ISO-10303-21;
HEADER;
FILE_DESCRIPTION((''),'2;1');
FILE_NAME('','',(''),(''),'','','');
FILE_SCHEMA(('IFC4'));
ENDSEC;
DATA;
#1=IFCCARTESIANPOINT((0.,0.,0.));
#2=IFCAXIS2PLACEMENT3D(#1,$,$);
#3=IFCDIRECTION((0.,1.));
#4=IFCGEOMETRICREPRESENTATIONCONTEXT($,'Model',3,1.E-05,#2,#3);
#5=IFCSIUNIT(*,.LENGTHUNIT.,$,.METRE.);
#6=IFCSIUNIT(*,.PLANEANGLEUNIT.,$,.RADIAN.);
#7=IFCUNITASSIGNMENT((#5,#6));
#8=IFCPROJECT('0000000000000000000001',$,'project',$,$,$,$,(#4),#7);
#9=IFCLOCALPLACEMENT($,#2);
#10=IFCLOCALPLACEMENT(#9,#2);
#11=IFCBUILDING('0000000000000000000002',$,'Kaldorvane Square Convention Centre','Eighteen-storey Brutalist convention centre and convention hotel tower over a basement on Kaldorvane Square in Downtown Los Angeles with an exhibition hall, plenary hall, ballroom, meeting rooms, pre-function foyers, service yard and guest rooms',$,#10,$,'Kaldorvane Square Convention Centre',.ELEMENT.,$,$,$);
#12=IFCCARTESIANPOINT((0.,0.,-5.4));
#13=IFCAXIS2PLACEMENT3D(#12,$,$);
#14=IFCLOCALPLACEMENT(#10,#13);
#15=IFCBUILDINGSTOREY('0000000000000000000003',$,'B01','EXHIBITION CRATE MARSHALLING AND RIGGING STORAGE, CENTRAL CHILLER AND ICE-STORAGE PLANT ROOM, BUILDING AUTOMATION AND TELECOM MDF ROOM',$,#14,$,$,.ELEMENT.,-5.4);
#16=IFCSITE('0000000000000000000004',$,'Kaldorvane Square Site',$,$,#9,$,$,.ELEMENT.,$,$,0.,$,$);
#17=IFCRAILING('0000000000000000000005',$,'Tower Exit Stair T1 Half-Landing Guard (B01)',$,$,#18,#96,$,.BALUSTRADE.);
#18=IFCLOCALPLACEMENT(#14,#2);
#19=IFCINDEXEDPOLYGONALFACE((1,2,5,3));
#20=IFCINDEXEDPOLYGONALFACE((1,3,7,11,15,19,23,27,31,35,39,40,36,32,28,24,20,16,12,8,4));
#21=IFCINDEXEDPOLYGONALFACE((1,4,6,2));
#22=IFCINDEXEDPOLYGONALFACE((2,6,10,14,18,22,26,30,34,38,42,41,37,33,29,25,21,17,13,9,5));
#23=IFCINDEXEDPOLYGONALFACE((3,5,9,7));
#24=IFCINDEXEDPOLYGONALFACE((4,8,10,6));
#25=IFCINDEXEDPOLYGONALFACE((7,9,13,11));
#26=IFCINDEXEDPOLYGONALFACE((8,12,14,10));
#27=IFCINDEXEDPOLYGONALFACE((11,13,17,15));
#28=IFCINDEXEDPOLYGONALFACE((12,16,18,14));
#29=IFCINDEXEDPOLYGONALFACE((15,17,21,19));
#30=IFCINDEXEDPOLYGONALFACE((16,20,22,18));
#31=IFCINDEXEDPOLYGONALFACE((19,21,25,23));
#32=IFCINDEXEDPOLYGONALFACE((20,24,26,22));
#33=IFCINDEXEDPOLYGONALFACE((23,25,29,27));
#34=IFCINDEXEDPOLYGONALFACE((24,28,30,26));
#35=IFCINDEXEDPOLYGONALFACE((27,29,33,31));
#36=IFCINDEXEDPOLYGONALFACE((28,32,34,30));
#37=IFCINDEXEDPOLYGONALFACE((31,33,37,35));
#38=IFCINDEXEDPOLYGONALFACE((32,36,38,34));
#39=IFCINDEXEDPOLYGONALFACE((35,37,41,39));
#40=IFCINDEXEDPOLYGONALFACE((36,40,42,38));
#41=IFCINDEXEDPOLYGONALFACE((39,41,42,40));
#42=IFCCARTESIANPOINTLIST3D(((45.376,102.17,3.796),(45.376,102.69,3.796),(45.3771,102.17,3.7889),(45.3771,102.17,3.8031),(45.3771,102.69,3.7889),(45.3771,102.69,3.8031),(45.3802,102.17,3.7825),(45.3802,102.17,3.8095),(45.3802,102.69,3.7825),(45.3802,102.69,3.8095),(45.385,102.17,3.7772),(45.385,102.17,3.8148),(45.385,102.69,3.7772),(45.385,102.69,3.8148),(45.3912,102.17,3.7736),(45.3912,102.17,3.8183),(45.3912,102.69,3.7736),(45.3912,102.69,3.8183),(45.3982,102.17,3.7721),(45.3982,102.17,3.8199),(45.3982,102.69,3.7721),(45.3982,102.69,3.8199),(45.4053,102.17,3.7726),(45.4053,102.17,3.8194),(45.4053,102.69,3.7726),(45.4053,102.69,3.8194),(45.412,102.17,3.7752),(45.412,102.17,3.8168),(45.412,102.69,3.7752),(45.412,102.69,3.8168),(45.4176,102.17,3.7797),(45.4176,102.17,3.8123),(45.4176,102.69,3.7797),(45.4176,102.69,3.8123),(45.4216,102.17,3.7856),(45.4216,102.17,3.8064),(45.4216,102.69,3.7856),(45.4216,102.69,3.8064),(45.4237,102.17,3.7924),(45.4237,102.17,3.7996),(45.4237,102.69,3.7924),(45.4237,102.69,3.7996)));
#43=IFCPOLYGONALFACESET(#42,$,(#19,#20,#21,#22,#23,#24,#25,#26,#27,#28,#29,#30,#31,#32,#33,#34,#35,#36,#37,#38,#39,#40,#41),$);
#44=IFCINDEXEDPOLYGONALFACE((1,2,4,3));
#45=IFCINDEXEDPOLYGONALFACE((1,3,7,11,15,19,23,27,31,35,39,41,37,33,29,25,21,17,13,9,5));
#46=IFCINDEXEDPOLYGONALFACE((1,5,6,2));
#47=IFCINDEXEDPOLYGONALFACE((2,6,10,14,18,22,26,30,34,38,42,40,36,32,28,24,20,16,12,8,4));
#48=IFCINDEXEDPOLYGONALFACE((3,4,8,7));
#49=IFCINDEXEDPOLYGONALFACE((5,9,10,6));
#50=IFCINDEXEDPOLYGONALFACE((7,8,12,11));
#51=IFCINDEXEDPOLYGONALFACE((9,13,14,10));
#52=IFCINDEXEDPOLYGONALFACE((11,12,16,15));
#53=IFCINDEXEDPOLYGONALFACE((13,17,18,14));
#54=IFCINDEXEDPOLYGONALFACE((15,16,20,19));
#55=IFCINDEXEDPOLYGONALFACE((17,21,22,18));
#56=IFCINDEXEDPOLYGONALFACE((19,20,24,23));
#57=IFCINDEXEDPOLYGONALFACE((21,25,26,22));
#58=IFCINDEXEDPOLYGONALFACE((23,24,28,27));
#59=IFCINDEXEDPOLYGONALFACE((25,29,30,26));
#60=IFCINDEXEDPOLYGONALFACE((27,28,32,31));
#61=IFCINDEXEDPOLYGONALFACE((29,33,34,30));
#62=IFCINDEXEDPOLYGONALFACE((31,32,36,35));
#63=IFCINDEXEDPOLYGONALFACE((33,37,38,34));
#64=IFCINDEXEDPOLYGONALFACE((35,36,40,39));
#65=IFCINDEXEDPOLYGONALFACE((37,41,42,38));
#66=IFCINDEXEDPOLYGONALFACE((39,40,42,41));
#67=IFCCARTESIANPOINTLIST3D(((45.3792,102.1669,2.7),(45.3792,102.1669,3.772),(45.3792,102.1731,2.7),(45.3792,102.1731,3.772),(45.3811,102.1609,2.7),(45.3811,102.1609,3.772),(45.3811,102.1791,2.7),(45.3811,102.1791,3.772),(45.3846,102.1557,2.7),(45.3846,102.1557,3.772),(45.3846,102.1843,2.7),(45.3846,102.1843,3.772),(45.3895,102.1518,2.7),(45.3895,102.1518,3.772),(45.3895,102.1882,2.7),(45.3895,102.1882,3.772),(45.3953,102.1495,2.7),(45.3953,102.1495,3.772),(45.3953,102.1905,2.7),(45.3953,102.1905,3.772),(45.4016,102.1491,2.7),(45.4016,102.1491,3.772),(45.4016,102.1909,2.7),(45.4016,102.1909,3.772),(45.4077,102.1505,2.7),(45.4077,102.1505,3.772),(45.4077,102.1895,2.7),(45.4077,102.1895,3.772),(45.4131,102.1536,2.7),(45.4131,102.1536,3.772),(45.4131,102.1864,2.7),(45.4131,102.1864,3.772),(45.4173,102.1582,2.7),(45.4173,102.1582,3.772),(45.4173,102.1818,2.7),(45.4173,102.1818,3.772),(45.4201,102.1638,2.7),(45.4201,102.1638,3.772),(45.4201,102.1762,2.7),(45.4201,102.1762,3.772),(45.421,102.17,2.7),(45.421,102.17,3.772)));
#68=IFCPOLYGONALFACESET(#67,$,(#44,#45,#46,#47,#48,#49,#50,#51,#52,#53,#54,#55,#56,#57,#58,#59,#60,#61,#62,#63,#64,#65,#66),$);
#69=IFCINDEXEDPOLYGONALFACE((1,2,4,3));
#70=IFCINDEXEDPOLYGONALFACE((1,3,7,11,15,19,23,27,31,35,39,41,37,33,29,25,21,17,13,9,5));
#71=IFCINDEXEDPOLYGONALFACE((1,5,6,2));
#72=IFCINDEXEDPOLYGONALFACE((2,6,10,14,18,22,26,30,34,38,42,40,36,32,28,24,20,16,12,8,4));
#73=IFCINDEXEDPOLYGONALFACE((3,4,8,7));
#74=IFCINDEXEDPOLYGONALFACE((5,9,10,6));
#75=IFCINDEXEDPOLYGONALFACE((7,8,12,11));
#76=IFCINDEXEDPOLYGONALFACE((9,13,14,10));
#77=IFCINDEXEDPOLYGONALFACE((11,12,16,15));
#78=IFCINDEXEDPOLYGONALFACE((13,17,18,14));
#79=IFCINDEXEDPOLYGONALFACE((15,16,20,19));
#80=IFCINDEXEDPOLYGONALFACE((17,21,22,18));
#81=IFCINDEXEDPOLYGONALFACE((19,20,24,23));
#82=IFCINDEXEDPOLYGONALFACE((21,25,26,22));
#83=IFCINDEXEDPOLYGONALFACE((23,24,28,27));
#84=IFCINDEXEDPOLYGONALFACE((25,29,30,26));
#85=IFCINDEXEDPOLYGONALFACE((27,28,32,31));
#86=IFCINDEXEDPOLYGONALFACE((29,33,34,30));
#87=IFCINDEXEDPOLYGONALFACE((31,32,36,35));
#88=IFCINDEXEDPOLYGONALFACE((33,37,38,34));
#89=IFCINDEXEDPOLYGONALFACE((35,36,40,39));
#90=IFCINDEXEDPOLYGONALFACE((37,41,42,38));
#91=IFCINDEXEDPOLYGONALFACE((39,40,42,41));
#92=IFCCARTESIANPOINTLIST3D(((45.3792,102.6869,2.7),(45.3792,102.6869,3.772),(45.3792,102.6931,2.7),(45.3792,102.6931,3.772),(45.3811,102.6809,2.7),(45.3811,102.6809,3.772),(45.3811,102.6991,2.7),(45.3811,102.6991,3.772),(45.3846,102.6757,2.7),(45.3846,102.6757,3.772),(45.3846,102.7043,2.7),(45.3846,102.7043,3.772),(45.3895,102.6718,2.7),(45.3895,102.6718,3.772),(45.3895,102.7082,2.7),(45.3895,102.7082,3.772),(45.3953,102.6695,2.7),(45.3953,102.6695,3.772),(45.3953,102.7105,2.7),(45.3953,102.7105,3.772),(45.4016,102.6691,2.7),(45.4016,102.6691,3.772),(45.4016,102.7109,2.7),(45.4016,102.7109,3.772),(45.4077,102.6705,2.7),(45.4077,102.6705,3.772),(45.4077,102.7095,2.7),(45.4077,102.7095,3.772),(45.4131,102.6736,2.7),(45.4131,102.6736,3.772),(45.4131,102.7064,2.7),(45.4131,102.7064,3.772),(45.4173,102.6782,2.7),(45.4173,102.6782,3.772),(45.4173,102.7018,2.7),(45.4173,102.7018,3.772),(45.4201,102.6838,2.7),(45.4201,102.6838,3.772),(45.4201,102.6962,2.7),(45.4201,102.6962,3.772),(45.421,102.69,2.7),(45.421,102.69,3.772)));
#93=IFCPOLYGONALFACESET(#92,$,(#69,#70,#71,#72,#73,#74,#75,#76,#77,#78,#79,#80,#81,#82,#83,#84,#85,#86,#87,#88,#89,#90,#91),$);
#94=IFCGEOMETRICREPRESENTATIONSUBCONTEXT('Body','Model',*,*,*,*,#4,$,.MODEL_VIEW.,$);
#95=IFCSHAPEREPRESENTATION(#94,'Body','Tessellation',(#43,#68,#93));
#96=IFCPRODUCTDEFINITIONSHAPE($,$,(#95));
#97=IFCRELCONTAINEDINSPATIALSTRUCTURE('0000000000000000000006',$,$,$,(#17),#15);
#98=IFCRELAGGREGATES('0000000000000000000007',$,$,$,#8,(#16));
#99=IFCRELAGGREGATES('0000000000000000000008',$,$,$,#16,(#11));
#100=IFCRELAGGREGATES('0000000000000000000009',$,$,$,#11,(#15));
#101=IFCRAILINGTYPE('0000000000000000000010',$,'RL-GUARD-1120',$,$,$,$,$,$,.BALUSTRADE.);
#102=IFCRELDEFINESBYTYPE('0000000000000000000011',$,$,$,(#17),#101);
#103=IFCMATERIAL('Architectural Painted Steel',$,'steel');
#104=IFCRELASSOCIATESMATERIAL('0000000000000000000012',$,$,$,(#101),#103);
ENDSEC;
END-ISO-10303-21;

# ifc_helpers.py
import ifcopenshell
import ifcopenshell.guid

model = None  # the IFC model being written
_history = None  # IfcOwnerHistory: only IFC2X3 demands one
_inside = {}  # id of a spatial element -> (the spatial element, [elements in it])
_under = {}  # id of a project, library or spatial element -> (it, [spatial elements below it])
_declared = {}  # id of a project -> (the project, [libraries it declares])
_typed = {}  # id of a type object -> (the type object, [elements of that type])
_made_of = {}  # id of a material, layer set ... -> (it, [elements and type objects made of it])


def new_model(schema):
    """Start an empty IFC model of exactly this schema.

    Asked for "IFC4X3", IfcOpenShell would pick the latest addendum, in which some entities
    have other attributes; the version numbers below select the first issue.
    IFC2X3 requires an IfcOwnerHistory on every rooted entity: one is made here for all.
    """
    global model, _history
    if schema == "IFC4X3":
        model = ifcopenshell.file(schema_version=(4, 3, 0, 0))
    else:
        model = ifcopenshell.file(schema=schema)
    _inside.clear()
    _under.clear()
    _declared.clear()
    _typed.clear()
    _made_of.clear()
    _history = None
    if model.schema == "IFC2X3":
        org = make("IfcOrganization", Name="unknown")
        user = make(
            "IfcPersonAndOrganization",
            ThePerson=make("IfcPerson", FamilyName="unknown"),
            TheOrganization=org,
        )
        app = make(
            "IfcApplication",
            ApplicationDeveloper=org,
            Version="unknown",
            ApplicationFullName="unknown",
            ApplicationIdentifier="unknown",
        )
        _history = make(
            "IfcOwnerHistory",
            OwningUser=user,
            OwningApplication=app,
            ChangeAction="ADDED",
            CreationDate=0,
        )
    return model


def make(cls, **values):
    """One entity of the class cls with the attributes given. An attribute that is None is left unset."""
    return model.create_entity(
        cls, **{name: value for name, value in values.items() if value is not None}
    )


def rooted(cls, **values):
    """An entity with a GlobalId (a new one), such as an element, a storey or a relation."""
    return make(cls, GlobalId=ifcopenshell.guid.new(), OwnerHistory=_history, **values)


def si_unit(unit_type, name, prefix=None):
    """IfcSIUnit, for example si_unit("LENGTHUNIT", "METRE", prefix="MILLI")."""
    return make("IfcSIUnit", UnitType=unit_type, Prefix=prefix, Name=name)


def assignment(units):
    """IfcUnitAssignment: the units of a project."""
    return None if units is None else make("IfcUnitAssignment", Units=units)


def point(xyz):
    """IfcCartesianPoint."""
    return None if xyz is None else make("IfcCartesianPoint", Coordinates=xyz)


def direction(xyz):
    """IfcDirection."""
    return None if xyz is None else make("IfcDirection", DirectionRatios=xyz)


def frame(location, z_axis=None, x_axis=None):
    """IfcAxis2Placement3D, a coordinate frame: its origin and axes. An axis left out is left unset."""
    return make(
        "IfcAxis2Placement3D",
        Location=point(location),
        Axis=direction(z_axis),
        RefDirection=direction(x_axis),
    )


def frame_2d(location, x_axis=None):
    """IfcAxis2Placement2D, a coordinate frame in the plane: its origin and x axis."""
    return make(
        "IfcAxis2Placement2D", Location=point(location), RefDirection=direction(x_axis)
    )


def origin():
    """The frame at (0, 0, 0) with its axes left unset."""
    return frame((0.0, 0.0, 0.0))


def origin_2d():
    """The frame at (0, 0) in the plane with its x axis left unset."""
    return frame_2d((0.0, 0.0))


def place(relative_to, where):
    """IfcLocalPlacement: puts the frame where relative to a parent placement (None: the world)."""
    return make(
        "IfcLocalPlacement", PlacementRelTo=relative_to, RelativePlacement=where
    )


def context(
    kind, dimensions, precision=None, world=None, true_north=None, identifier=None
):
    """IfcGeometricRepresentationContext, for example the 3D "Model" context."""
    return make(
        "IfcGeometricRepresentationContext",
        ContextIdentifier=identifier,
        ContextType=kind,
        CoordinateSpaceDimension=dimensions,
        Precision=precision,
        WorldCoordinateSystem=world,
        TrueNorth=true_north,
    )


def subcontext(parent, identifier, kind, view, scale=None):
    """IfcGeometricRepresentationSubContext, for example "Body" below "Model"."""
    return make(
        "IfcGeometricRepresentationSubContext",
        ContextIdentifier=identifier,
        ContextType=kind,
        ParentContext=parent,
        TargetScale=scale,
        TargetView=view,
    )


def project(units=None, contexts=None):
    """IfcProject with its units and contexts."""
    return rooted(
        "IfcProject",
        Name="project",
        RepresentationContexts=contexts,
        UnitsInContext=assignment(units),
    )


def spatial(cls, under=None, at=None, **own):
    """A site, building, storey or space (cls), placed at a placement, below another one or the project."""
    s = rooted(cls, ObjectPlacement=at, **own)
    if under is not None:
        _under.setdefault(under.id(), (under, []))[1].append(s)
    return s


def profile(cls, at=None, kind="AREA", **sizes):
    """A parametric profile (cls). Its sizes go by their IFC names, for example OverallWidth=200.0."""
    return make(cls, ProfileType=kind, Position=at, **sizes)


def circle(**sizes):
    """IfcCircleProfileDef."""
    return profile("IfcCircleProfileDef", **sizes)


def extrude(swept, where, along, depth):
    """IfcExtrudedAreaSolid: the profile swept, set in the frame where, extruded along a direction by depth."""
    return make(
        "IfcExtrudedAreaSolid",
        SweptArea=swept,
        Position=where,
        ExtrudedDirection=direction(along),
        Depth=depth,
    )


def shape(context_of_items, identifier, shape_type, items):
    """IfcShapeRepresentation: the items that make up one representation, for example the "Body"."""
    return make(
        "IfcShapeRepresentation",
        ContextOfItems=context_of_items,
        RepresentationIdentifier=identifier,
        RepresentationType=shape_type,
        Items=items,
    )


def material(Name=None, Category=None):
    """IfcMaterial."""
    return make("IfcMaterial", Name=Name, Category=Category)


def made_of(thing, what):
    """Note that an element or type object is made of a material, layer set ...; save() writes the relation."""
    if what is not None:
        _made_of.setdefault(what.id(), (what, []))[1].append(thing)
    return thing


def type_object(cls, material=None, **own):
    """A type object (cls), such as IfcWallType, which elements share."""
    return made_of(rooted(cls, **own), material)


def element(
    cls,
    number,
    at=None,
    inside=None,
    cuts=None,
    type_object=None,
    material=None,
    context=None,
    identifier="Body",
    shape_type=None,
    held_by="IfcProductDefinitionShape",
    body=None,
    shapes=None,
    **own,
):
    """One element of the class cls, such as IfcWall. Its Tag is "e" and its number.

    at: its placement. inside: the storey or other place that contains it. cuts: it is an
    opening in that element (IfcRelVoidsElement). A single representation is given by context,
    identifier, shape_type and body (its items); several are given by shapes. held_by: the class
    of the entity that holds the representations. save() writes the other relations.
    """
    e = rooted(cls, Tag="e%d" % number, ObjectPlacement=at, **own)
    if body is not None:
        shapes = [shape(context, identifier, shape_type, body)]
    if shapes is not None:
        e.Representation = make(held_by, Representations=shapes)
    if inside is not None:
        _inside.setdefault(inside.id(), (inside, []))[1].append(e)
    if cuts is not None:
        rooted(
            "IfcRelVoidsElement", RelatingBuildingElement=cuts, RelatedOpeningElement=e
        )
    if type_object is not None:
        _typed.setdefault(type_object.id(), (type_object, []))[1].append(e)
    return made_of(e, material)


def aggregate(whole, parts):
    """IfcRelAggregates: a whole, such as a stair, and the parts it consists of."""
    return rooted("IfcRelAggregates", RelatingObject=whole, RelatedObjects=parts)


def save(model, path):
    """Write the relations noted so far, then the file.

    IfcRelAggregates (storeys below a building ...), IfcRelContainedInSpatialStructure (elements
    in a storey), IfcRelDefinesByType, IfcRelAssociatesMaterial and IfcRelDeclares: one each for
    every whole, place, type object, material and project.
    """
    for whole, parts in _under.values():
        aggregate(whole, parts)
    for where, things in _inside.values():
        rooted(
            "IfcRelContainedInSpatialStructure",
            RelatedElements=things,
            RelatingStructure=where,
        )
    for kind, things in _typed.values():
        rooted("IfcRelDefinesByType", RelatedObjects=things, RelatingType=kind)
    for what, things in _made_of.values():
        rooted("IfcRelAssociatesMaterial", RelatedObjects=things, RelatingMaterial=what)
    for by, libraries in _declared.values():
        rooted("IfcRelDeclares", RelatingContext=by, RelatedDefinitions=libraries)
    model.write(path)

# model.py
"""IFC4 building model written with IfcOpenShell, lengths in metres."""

from ifc_helpers import new_model, si_unit, direction, frame, origin, origin_2d, place, context, subcontext, project, spatial, circle, extrude, material, type_object, element, save


model = new_model("IFC4")

# Units and contexts
model_context = context("Model", 3, precision=1e-05, world=origin(), true_north=direction((0.0, 1.0)))
body_context = subcontext(model_context, "Body", "Model", "MODEL_VIEW")
ifc_project = project(units=[si_unit("LENGTHUNIT", "METRE"), si_unit("PLANEANGLEUNIT", "RADIAN")], contexts=[model_context])

# Site, building, storey
site_placement = place(None, origin())
site = spatial("IfcSite", under=ifc_project, at=site_placement, Name="Kaldorvane Square Site", CompositionType="ELEMENT", RefElevation=0.0)
building_placement = place(site_placement, origin())
building = spatial("IfcBuilding", under=site, at=building_placement, Name="Kaldorvane Square Convention Centre", Description="Eighteen-storey Brutalist convention centre and convention hotel tower over a basement on Kaldorvane Square in Downtown Los Angeles with an exhibition hall, plenary hall, ballroom, meeting rooms, pre-function foyers, service yard and guest rooms", LongName="Kaldorvane Square Convention Centre", CompositionType="ELEMENT")
storey_placement = place(building_placement, frame((0.0, 0.0, -5.4)))
storey = spatial("IfcBuildingStorey", under=building, at=storey_placement, Name="B01", Description="EXHIBITION CRATE MARSHALLING AND RIGGING STORAGE, CENTRAL CHILLER AND ICE-STORAGE PLANT ROOM, BUILDING AUTOMATION AND TELECOM MDF ROOM", CompositionType="ELEMENT", Elevation=-5.4)

# Railing
ifc_material_1 = material(Name="Architectural Painted Steel", Category="steel")
railing_type_1 = type_object("IfcRailingType", Name="RL-GUARD-1120", PredefinedType="BALUSTRADE", material=ifc_material_1)
railing_1_placement = place(storey_placement, frame((45.4, 102.17, 2.7)))
element("IfcRailing", 1, at=railing_1_placement, inside=storey, type_object=railing_type_1, Name="Tower Exit Stair T1 Half-Landing Guard (B01)", PredefinedType="BALUSTRADE", context=body_context, shape_type="SweptSolid", body=[
    extrude(circle(Radius=0.024, at=origin_2d()), frame((0.0, 0.0, 1.096), z_axis=(0.0, 1.0, 0.0), x_axis=(-1.0, 0.0, 0.0)), (0.0, 0.0, 1.0), 0.52),
    extrude(circle(Radius=0.021, at=origin_2d()), origin(), (0.0, 0.0, 1.0), 1.072),
    extrude(circle(Radius=0.021, at=origin_2d()), frame((0.0, 0.52, 0.0)), (0.0, 0.0, 1.0), 1.072),
])

save(model, "model.ifc")
